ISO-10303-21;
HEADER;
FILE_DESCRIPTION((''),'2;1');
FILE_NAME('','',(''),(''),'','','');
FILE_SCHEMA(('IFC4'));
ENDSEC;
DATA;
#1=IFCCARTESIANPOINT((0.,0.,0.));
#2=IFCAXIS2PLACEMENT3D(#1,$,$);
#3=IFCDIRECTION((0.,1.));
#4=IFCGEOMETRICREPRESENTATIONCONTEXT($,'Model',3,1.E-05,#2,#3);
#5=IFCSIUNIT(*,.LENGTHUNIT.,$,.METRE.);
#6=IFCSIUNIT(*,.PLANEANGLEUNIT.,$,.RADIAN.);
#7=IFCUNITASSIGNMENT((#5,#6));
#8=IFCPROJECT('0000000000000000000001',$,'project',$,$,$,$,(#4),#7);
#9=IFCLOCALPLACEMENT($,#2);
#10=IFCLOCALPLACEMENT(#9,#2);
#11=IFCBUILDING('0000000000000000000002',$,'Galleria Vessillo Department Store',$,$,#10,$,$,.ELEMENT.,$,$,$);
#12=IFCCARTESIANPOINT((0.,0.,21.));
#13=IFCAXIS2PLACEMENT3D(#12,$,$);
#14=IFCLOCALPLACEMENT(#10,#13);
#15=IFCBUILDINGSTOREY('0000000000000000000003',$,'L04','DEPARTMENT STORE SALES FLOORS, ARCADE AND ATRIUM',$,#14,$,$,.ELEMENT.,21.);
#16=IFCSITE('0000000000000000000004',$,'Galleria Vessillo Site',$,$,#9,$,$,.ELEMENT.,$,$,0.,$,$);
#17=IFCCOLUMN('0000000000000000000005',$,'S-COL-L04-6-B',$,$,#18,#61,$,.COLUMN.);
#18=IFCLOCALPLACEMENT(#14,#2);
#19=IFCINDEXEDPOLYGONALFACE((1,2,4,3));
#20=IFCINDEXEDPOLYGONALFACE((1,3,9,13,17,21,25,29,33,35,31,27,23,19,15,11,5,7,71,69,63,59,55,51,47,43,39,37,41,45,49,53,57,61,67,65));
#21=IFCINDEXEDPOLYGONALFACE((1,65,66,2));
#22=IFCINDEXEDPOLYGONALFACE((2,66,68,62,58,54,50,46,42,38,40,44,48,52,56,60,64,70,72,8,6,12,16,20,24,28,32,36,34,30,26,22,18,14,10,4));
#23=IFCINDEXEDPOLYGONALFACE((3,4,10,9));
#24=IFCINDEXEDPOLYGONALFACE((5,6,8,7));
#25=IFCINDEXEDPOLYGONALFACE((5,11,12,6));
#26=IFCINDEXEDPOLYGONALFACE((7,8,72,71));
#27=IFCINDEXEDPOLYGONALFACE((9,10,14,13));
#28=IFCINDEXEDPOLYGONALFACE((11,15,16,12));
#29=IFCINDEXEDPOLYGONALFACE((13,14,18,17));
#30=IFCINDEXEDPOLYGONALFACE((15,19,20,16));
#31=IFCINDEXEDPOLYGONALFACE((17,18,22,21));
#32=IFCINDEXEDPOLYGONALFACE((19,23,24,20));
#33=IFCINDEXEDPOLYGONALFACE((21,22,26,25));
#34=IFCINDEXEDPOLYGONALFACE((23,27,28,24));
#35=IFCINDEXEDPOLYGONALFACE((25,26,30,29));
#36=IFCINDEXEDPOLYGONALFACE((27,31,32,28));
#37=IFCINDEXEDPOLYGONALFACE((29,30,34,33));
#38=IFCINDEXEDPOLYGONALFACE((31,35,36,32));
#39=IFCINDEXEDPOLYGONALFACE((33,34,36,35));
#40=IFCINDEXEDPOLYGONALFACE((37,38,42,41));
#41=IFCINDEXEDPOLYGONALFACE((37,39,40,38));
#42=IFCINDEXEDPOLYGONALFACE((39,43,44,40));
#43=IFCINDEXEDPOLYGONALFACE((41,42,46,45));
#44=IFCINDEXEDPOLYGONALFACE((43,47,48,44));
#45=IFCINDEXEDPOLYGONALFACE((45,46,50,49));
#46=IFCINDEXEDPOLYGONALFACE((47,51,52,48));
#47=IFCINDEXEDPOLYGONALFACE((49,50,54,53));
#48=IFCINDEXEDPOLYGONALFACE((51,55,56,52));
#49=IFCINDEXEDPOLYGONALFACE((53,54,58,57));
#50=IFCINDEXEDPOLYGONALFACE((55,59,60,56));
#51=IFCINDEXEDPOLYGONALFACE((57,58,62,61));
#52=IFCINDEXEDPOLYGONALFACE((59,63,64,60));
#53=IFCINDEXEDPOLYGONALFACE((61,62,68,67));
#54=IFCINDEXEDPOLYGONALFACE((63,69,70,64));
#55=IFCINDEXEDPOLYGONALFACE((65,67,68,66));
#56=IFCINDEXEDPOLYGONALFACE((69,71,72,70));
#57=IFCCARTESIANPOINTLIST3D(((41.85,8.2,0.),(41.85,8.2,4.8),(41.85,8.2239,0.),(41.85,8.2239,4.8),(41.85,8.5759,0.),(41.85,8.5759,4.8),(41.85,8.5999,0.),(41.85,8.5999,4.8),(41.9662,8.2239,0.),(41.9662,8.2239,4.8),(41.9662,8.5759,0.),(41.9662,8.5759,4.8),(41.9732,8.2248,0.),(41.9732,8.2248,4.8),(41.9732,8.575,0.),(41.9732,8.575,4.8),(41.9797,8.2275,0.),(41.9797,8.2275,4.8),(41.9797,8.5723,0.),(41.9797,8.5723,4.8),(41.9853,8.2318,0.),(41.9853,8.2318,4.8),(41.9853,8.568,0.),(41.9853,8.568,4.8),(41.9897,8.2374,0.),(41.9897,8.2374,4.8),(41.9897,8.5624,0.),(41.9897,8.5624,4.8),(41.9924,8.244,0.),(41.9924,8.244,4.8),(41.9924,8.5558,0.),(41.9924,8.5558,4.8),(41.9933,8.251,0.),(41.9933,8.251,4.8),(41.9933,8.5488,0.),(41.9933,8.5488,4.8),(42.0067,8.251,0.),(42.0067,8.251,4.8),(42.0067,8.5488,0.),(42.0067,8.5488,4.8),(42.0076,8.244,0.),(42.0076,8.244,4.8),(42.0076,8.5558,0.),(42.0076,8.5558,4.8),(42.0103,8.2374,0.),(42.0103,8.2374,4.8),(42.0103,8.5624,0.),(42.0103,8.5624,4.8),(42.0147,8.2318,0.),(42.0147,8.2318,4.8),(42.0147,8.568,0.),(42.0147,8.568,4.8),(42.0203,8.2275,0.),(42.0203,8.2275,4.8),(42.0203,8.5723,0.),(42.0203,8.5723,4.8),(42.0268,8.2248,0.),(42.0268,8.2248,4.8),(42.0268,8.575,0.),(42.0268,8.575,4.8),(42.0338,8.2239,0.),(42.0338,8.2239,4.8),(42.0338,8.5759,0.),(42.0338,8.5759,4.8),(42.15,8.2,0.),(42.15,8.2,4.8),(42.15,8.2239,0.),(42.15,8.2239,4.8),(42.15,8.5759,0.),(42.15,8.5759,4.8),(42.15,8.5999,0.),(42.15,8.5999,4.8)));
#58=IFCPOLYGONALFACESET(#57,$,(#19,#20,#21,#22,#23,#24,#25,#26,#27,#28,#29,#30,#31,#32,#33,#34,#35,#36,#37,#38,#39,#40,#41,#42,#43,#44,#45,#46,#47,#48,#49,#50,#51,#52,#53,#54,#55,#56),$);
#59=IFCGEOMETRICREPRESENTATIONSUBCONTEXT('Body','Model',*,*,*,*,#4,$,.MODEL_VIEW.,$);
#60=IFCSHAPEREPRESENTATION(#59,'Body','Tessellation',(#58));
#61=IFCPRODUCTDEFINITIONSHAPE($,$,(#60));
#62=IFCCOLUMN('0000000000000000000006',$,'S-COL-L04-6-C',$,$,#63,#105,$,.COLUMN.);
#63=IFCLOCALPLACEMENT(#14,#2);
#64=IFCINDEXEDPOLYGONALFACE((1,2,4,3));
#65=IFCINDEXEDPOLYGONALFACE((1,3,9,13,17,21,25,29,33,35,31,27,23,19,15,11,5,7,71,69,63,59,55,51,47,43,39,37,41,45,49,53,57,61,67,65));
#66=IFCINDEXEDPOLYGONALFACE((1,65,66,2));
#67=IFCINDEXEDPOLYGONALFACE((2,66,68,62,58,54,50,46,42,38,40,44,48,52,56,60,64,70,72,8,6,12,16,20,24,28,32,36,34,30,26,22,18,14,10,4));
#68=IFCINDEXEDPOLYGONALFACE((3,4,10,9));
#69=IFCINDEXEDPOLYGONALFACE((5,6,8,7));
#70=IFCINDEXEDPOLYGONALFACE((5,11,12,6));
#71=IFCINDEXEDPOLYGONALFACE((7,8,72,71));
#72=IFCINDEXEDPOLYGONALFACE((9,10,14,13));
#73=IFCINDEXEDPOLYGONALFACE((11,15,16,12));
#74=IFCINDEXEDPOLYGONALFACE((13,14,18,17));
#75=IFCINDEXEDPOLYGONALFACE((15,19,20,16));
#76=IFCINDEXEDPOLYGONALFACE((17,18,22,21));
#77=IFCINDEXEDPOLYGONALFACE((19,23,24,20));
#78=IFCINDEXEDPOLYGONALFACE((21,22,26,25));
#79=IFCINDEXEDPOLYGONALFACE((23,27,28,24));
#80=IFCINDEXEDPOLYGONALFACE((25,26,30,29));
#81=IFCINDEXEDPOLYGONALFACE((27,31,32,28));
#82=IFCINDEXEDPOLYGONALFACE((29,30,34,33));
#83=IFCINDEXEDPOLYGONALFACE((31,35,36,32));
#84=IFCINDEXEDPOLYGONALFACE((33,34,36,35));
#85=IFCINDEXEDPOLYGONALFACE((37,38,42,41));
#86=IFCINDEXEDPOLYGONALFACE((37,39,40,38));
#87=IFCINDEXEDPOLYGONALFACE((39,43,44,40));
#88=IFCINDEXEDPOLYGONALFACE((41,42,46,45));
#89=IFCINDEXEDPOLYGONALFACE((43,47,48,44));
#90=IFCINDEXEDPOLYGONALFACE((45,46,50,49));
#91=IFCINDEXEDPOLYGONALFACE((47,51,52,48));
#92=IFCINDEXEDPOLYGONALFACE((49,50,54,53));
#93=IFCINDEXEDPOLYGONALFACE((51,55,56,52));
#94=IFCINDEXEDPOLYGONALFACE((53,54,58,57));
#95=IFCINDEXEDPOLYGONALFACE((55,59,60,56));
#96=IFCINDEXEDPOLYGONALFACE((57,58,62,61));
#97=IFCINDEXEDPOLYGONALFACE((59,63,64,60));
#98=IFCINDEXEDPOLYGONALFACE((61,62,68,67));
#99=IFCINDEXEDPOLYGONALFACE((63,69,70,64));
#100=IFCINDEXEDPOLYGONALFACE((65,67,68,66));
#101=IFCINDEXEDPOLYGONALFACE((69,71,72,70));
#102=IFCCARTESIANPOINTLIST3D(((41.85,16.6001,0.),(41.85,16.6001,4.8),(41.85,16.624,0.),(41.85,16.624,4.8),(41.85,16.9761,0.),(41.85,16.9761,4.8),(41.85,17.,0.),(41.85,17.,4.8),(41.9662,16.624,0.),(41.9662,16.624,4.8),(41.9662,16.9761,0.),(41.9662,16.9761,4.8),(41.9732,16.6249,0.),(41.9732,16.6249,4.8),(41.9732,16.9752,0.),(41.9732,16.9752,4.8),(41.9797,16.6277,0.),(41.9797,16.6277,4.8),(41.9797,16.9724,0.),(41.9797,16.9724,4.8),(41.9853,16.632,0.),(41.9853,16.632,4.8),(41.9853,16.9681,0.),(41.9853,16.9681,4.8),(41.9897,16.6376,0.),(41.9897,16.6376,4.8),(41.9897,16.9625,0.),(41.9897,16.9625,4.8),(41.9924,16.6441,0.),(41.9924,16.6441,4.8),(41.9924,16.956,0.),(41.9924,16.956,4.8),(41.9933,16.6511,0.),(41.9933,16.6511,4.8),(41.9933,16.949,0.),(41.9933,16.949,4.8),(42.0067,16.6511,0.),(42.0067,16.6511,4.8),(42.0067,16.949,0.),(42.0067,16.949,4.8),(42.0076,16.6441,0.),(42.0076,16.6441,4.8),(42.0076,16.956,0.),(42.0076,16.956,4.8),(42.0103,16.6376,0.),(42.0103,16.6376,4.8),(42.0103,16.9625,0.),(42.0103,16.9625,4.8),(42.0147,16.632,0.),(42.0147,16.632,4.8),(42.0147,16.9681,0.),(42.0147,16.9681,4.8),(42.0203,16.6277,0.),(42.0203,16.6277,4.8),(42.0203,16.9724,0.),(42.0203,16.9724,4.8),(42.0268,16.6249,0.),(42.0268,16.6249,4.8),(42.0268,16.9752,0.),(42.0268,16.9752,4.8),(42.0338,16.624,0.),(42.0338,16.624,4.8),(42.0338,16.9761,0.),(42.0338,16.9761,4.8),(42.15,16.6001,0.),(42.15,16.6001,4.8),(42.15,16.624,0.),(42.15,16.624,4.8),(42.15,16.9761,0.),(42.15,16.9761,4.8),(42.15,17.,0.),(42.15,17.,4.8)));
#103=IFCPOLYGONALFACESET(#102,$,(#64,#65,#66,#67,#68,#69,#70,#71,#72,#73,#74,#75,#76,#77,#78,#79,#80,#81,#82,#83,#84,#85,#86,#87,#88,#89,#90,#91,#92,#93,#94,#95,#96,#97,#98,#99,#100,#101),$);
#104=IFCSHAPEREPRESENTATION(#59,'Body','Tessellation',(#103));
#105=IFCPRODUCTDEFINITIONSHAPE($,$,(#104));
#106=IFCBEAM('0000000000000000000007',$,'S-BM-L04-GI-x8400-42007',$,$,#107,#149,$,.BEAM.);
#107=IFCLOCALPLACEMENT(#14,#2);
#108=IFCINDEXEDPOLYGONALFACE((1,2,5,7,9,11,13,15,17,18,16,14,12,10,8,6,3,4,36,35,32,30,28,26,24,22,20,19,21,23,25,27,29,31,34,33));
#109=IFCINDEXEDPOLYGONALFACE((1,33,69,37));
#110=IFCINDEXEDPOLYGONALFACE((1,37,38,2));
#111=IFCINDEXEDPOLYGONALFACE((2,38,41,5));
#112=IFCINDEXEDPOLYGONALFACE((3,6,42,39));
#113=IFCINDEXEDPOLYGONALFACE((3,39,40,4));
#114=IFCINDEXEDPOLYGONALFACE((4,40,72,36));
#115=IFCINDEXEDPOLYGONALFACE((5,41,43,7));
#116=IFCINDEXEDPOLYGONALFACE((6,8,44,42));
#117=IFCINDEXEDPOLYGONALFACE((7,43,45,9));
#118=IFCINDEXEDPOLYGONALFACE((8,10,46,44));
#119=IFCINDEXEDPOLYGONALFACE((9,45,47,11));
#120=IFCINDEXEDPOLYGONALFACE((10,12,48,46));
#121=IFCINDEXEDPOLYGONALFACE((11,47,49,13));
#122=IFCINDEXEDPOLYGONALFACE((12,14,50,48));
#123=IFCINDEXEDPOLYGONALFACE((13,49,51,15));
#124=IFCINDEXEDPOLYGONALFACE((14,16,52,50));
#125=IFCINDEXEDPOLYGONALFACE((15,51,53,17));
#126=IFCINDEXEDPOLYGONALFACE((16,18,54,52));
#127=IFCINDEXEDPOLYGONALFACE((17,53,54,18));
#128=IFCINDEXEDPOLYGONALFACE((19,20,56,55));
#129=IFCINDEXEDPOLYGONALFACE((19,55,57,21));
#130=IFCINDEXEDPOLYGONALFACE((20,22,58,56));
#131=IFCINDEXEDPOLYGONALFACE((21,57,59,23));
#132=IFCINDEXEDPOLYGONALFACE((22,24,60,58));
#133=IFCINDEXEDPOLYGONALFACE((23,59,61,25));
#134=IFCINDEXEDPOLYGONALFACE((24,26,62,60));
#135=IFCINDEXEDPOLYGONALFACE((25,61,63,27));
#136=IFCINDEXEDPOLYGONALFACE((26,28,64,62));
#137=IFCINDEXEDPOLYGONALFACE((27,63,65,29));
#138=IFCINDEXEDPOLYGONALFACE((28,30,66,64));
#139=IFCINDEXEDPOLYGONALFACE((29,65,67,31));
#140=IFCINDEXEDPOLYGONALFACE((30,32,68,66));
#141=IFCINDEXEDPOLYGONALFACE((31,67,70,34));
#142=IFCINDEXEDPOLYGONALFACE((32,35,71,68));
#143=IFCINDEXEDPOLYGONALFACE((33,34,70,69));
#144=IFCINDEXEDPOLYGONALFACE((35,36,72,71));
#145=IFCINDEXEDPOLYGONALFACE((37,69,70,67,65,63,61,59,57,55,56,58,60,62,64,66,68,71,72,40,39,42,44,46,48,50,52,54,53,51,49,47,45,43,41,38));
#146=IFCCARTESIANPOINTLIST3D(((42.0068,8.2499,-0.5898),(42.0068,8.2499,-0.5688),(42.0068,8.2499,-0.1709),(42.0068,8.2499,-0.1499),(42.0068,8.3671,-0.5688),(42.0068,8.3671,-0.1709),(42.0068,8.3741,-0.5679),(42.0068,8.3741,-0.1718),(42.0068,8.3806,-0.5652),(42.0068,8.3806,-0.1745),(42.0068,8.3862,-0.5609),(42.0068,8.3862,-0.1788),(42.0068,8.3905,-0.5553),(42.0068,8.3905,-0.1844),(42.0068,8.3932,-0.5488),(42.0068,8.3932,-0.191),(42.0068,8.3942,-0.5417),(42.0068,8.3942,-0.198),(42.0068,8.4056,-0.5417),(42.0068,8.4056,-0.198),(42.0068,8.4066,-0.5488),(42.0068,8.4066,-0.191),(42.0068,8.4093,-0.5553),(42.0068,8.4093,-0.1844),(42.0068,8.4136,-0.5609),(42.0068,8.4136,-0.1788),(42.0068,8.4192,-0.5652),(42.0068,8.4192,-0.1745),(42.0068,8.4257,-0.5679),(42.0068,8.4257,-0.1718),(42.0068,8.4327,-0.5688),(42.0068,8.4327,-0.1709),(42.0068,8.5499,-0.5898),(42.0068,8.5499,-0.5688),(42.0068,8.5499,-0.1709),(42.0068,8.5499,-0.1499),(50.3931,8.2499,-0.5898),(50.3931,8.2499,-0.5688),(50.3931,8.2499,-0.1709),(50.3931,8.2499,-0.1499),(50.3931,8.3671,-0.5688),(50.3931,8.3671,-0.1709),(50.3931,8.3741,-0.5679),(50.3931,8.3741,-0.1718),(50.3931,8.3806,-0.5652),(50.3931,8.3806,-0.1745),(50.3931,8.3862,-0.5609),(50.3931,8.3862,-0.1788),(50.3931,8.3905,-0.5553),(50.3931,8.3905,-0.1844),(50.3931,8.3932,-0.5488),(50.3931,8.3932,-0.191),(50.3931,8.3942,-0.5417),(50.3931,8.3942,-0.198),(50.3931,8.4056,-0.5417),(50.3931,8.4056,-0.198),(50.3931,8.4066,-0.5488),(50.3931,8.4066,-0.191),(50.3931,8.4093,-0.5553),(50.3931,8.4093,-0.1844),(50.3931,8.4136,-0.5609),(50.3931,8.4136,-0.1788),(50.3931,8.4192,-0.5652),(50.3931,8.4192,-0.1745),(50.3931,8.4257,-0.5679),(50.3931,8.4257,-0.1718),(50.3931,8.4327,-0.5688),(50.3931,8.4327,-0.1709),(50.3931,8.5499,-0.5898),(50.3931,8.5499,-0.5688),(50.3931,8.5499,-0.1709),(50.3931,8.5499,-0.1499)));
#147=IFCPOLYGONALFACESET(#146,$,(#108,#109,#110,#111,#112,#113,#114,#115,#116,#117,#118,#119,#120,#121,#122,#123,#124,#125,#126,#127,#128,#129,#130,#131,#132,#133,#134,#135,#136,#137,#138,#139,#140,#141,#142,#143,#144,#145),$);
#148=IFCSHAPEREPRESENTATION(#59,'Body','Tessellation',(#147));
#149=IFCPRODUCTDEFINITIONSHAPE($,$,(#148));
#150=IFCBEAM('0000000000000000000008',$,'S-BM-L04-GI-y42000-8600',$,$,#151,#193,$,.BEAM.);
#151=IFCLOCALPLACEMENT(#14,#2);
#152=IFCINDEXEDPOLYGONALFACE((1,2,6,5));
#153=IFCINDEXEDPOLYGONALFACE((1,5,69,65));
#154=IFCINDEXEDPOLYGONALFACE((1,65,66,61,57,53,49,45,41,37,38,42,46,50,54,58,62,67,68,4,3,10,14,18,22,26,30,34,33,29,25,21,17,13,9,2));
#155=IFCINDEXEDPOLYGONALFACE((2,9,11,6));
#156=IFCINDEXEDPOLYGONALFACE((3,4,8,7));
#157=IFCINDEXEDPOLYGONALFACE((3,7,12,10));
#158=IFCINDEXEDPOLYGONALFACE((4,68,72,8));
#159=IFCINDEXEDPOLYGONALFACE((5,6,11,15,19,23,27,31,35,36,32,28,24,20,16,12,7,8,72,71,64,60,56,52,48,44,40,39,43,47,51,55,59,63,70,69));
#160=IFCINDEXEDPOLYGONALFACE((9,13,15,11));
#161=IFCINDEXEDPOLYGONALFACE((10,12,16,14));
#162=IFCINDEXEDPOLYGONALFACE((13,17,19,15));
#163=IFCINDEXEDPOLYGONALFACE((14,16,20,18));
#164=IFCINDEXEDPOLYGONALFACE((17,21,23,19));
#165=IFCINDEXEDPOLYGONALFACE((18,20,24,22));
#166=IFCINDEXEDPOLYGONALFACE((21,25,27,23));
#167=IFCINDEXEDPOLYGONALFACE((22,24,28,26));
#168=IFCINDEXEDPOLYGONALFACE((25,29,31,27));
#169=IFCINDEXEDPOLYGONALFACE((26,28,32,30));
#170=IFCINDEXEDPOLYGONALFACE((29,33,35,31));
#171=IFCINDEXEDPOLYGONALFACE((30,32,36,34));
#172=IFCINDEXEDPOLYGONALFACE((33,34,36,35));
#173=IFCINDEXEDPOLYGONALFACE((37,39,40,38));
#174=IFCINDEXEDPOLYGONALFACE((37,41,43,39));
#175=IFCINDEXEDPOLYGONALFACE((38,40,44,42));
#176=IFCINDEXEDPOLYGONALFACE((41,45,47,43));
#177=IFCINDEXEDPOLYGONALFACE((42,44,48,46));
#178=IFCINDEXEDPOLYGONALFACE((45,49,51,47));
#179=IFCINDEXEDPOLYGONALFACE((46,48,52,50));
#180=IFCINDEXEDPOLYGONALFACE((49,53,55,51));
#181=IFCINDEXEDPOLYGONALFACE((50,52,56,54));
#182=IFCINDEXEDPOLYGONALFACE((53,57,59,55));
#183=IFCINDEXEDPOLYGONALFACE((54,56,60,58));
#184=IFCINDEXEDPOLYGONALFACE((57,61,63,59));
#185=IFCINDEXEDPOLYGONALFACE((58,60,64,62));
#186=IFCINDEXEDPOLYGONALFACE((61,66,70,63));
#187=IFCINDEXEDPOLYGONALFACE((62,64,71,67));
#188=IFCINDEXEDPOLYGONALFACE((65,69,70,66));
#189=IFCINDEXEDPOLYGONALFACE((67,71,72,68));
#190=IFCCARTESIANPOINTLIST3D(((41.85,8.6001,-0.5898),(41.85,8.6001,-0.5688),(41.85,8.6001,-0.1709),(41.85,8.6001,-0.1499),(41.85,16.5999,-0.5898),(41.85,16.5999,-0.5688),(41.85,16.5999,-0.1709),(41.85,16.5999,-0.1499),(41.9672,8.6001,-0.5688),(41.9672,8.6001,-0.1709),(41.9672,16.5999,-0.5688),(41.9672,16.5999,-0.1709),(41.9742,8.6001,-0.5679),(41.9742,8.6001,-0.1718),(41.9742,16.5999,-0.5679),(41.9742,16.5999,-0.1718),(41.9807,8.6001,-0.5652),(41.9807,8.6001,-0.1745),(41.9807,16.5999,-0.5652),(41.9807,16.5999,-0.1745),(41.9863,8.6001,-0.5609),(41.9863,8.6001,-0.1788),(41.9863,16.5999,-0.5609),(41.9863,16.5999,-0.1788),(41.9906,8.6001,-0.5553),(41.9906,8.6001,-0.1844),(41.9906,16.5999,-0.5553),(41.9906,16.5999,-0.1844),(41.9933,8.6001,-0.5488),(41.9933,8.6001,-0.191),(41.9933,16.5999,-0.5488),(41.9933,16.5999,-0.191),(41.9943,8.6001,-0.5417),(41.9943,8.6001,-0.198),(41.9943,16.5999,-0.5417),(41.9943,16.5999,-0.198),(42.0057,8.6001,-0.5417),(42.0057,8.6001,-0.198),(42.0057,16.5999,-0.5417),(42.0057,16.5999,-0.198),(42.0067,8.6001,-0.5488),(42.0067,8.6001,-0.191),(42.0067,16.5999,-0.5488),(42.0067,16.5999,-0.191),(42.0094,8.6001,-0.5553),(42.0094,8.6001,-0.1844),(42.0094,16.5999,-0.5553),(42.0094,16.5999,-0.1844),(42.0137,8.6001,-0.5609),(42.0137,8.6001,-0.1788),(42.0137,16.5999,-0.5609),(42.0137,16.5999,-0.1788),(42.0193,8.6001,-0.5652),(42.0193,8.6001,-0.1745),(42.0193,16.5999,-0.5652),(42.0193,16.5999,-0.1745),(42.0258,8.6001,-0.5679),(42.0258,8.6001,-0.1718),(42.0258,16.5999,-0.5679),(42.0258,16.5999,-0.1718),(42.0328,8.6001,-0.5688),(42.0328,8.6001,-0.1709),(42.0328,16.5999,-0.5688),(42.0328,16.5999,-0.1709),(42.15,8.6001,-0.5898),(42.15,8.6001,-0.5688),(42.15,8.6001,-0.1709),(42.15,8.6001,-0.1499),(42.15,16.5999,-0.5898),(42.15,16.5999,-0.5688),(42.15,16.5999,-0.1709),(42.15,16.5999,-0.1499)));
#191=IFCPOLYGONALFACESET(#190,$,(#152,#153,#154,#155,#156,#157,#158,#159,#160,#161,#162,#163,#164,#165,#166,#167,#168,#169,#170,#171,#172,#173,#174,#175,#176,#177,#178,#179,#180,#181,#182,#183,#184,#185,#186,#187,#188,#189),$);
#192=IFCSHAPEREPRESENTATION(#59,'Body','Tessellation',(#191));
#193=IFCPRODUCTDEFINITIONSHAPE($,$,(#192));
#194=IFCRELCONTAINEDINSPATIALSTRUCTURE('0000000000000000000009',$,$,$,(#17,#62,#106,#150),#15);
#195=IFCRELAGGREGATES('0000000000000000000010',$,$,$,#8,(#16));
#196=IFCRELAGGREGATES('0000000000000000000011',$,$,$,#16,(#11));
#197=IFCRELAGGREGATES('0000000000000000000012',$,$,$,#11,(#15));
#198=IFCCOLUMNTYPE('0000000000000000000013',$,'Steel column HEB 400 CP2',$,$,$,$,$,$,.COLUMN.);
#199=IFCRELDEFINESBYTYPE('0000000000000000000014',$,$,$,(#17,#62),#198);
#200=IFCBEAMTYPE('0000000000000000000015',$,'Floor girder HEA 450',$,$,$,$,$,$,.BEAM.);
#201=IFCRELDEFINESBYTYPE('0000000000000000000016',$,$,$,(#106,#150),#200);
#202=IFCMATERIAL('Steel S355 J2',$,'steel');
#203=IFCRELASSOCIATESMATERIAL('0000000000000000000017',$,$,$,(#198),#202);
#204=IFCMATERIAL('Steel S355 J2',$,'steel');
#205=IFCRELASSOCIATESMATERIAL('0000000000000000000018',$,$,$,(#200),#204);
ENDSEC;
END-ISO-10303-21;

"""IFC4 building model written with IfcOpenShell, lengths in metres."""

from ifc_helpers import new_model, si_unit, direction, frame, origin, origin_2d, place, context, subcontext, project, spatial, i_section, extrude, material, material_profile, profile_set, type_object, element, save


model = new_model("IFC4")

# Units and contexts
model_context = context("Model", 3, precision=1e-05, world=origin(), true_north=direction((0.0, 1.0)))
body_context = subcontext(model_context, "Body", "Model", "MODEL_VIEW")
ifc_project = project(units=[si_unit("LENGTHUNIT", "METRE"), si_unit("PLANEANGLEUNIT", "RADIAN")], contexts=[model_context])

# Site, building, storey
site_placement = place(None, origin())
site = spatial("IfcSite", under=ifc_project, at=site_placement, Name="Galleria Vessillo Site", CompositionType="ELEMENT", RefElevation=0.0)
building_placement = place(site_placement, origin())
building = spatial("IfcBuilding", under=site, at=building_placement, Name="Galleria Vessillo Department Store", CompositionType="ELEMENT")
storey_placement = place(building_placement, frame((0.0, 0.0, 21.0)))
storey = spatial("IfcBuildingStorey", under=building, at=storey_placement, Name="L04", Description="DEPARTMENT STORE SALES FLOORS, ARCADE AND ATRIUM", CompositionType="ELEMENT", Elevation=21.0)

# Columns
ifc_material_1 = material(Name="Steel S355 J2", Category="steel")
ifc_material_profile_1 = material_profile(ifc_material_1, i_section(OverallWidth=0.3, OverallDepth=0.3999, WebThickness=0.0134, FlangeThickness=0.0239, FilletRadius=0.0271, at=origin_2d()), Name="HEB 400")
ifc_profile_set_1 = profile_set([ifc_material_profile_1], Name="Steel S355 J2")
column_type = type_object("IfcColumnType", Name="Steel column HEB 400 CP2", PredefinedType="COLUMN", material=ifc_profile_set_1)
for number, where, z_axis, x_axis, name in (
    (1, (42.0, 8.3999, 0.0), (0.0, 0.0, 1.0), (1.0, 0.0, 0.0), "S-COL-L04-6-B"),
    (2, (42.0, 16.8, 0.0), (0.0, 0.0, 1.0), (1.0, 0.0, 0.0), "S-COL-L04-6-C"),
):
    element("IfcColumn", number, at=place(storey_placement, frame(where, z_axis=z_axis, x_axis=x_axis)), inside=storey, type_object=column_type, Name=name, PredefinedType="COLUMN", context=body_context, shape_type="SweptSolid", body=[
        extrude(i_section(OverallWidth=0.3, OverallDepth=0.3999, WebThickness=0.0134, FlangeThickness=0.0239, FilletRadius=0.0271, at=origin_2d()), origin(), (0.0, 0.0, 1.0), 4.8),
    ])

# Beams
ifc_material_2 = material(Name="Steel S355 J2", Category="steel")
ifc_material_profile_2 = material_profile(ifc_material_2, i_section(OverallWidth=0.3, OverallDepth=0.4399, WebThickness=0.0115, FlangeThickness=0.021, FilletRadius=0.0271, at=origin_2d()), Name="HEA 450")
ifc_profile_set_2 = profile_set([ifc_material_profile_2], Name="Steel S355 J2")
beam_type_1 = type_object("IfcBeamType", Name="Floor girder HEA 450", PredefinedType="BEAM", material=ifc_profile_set_2)
beam_1_placement = place(storey_placement, frame((42.0068, 8.3999, -0.3699), z_axis=(1.0, 0.0, 0.0), x_axis=(0.0, 1.0, 0.0)))
element("IfcBeam", 3, at=beam_1_placement, inside=storey, type_object=beam_type_1, Name="S-BM-L04-GI-x8400-42007", PredefinedType="BEAM", context=body_context, shape_type="SweptSolid", body=[
    extrude(i_section(OverallWidth=0.3, OverallDepth=0.4399, WebThickness=0.0115, FlangeThickness=0.021, FilletRadius=0.0271, at=origin_2d()), origin(), (0.0, 0.0, 1.0), 8.3862),
])
beam_2_placement = place(storey_placement, frame((42.0, 8.6001, -0.3699), z_axis=(0.0, 1.0, 0.0), x_axis=(-1.0, 0.0, 0.0)))
element("IfcBeam", 4, at=beam_2_placement, inside=storey, type_object=beam_type_1, Name="S-BM-L04-GI-y42000-8600", PredefinedType="BEAM", context=body_context, shape_type="SweptSolid", body=[
    extrude(i_section(OverallWidth=0.3, OverallDepth=0.4399, WebThickness=0.0115, FlangeThickness=0.021, FilletRadius=0.0271, at=origin_2d()), origin(), (0.0, 0.0, 1.0), 7.9998),
])

save(model, "model.ifc")
